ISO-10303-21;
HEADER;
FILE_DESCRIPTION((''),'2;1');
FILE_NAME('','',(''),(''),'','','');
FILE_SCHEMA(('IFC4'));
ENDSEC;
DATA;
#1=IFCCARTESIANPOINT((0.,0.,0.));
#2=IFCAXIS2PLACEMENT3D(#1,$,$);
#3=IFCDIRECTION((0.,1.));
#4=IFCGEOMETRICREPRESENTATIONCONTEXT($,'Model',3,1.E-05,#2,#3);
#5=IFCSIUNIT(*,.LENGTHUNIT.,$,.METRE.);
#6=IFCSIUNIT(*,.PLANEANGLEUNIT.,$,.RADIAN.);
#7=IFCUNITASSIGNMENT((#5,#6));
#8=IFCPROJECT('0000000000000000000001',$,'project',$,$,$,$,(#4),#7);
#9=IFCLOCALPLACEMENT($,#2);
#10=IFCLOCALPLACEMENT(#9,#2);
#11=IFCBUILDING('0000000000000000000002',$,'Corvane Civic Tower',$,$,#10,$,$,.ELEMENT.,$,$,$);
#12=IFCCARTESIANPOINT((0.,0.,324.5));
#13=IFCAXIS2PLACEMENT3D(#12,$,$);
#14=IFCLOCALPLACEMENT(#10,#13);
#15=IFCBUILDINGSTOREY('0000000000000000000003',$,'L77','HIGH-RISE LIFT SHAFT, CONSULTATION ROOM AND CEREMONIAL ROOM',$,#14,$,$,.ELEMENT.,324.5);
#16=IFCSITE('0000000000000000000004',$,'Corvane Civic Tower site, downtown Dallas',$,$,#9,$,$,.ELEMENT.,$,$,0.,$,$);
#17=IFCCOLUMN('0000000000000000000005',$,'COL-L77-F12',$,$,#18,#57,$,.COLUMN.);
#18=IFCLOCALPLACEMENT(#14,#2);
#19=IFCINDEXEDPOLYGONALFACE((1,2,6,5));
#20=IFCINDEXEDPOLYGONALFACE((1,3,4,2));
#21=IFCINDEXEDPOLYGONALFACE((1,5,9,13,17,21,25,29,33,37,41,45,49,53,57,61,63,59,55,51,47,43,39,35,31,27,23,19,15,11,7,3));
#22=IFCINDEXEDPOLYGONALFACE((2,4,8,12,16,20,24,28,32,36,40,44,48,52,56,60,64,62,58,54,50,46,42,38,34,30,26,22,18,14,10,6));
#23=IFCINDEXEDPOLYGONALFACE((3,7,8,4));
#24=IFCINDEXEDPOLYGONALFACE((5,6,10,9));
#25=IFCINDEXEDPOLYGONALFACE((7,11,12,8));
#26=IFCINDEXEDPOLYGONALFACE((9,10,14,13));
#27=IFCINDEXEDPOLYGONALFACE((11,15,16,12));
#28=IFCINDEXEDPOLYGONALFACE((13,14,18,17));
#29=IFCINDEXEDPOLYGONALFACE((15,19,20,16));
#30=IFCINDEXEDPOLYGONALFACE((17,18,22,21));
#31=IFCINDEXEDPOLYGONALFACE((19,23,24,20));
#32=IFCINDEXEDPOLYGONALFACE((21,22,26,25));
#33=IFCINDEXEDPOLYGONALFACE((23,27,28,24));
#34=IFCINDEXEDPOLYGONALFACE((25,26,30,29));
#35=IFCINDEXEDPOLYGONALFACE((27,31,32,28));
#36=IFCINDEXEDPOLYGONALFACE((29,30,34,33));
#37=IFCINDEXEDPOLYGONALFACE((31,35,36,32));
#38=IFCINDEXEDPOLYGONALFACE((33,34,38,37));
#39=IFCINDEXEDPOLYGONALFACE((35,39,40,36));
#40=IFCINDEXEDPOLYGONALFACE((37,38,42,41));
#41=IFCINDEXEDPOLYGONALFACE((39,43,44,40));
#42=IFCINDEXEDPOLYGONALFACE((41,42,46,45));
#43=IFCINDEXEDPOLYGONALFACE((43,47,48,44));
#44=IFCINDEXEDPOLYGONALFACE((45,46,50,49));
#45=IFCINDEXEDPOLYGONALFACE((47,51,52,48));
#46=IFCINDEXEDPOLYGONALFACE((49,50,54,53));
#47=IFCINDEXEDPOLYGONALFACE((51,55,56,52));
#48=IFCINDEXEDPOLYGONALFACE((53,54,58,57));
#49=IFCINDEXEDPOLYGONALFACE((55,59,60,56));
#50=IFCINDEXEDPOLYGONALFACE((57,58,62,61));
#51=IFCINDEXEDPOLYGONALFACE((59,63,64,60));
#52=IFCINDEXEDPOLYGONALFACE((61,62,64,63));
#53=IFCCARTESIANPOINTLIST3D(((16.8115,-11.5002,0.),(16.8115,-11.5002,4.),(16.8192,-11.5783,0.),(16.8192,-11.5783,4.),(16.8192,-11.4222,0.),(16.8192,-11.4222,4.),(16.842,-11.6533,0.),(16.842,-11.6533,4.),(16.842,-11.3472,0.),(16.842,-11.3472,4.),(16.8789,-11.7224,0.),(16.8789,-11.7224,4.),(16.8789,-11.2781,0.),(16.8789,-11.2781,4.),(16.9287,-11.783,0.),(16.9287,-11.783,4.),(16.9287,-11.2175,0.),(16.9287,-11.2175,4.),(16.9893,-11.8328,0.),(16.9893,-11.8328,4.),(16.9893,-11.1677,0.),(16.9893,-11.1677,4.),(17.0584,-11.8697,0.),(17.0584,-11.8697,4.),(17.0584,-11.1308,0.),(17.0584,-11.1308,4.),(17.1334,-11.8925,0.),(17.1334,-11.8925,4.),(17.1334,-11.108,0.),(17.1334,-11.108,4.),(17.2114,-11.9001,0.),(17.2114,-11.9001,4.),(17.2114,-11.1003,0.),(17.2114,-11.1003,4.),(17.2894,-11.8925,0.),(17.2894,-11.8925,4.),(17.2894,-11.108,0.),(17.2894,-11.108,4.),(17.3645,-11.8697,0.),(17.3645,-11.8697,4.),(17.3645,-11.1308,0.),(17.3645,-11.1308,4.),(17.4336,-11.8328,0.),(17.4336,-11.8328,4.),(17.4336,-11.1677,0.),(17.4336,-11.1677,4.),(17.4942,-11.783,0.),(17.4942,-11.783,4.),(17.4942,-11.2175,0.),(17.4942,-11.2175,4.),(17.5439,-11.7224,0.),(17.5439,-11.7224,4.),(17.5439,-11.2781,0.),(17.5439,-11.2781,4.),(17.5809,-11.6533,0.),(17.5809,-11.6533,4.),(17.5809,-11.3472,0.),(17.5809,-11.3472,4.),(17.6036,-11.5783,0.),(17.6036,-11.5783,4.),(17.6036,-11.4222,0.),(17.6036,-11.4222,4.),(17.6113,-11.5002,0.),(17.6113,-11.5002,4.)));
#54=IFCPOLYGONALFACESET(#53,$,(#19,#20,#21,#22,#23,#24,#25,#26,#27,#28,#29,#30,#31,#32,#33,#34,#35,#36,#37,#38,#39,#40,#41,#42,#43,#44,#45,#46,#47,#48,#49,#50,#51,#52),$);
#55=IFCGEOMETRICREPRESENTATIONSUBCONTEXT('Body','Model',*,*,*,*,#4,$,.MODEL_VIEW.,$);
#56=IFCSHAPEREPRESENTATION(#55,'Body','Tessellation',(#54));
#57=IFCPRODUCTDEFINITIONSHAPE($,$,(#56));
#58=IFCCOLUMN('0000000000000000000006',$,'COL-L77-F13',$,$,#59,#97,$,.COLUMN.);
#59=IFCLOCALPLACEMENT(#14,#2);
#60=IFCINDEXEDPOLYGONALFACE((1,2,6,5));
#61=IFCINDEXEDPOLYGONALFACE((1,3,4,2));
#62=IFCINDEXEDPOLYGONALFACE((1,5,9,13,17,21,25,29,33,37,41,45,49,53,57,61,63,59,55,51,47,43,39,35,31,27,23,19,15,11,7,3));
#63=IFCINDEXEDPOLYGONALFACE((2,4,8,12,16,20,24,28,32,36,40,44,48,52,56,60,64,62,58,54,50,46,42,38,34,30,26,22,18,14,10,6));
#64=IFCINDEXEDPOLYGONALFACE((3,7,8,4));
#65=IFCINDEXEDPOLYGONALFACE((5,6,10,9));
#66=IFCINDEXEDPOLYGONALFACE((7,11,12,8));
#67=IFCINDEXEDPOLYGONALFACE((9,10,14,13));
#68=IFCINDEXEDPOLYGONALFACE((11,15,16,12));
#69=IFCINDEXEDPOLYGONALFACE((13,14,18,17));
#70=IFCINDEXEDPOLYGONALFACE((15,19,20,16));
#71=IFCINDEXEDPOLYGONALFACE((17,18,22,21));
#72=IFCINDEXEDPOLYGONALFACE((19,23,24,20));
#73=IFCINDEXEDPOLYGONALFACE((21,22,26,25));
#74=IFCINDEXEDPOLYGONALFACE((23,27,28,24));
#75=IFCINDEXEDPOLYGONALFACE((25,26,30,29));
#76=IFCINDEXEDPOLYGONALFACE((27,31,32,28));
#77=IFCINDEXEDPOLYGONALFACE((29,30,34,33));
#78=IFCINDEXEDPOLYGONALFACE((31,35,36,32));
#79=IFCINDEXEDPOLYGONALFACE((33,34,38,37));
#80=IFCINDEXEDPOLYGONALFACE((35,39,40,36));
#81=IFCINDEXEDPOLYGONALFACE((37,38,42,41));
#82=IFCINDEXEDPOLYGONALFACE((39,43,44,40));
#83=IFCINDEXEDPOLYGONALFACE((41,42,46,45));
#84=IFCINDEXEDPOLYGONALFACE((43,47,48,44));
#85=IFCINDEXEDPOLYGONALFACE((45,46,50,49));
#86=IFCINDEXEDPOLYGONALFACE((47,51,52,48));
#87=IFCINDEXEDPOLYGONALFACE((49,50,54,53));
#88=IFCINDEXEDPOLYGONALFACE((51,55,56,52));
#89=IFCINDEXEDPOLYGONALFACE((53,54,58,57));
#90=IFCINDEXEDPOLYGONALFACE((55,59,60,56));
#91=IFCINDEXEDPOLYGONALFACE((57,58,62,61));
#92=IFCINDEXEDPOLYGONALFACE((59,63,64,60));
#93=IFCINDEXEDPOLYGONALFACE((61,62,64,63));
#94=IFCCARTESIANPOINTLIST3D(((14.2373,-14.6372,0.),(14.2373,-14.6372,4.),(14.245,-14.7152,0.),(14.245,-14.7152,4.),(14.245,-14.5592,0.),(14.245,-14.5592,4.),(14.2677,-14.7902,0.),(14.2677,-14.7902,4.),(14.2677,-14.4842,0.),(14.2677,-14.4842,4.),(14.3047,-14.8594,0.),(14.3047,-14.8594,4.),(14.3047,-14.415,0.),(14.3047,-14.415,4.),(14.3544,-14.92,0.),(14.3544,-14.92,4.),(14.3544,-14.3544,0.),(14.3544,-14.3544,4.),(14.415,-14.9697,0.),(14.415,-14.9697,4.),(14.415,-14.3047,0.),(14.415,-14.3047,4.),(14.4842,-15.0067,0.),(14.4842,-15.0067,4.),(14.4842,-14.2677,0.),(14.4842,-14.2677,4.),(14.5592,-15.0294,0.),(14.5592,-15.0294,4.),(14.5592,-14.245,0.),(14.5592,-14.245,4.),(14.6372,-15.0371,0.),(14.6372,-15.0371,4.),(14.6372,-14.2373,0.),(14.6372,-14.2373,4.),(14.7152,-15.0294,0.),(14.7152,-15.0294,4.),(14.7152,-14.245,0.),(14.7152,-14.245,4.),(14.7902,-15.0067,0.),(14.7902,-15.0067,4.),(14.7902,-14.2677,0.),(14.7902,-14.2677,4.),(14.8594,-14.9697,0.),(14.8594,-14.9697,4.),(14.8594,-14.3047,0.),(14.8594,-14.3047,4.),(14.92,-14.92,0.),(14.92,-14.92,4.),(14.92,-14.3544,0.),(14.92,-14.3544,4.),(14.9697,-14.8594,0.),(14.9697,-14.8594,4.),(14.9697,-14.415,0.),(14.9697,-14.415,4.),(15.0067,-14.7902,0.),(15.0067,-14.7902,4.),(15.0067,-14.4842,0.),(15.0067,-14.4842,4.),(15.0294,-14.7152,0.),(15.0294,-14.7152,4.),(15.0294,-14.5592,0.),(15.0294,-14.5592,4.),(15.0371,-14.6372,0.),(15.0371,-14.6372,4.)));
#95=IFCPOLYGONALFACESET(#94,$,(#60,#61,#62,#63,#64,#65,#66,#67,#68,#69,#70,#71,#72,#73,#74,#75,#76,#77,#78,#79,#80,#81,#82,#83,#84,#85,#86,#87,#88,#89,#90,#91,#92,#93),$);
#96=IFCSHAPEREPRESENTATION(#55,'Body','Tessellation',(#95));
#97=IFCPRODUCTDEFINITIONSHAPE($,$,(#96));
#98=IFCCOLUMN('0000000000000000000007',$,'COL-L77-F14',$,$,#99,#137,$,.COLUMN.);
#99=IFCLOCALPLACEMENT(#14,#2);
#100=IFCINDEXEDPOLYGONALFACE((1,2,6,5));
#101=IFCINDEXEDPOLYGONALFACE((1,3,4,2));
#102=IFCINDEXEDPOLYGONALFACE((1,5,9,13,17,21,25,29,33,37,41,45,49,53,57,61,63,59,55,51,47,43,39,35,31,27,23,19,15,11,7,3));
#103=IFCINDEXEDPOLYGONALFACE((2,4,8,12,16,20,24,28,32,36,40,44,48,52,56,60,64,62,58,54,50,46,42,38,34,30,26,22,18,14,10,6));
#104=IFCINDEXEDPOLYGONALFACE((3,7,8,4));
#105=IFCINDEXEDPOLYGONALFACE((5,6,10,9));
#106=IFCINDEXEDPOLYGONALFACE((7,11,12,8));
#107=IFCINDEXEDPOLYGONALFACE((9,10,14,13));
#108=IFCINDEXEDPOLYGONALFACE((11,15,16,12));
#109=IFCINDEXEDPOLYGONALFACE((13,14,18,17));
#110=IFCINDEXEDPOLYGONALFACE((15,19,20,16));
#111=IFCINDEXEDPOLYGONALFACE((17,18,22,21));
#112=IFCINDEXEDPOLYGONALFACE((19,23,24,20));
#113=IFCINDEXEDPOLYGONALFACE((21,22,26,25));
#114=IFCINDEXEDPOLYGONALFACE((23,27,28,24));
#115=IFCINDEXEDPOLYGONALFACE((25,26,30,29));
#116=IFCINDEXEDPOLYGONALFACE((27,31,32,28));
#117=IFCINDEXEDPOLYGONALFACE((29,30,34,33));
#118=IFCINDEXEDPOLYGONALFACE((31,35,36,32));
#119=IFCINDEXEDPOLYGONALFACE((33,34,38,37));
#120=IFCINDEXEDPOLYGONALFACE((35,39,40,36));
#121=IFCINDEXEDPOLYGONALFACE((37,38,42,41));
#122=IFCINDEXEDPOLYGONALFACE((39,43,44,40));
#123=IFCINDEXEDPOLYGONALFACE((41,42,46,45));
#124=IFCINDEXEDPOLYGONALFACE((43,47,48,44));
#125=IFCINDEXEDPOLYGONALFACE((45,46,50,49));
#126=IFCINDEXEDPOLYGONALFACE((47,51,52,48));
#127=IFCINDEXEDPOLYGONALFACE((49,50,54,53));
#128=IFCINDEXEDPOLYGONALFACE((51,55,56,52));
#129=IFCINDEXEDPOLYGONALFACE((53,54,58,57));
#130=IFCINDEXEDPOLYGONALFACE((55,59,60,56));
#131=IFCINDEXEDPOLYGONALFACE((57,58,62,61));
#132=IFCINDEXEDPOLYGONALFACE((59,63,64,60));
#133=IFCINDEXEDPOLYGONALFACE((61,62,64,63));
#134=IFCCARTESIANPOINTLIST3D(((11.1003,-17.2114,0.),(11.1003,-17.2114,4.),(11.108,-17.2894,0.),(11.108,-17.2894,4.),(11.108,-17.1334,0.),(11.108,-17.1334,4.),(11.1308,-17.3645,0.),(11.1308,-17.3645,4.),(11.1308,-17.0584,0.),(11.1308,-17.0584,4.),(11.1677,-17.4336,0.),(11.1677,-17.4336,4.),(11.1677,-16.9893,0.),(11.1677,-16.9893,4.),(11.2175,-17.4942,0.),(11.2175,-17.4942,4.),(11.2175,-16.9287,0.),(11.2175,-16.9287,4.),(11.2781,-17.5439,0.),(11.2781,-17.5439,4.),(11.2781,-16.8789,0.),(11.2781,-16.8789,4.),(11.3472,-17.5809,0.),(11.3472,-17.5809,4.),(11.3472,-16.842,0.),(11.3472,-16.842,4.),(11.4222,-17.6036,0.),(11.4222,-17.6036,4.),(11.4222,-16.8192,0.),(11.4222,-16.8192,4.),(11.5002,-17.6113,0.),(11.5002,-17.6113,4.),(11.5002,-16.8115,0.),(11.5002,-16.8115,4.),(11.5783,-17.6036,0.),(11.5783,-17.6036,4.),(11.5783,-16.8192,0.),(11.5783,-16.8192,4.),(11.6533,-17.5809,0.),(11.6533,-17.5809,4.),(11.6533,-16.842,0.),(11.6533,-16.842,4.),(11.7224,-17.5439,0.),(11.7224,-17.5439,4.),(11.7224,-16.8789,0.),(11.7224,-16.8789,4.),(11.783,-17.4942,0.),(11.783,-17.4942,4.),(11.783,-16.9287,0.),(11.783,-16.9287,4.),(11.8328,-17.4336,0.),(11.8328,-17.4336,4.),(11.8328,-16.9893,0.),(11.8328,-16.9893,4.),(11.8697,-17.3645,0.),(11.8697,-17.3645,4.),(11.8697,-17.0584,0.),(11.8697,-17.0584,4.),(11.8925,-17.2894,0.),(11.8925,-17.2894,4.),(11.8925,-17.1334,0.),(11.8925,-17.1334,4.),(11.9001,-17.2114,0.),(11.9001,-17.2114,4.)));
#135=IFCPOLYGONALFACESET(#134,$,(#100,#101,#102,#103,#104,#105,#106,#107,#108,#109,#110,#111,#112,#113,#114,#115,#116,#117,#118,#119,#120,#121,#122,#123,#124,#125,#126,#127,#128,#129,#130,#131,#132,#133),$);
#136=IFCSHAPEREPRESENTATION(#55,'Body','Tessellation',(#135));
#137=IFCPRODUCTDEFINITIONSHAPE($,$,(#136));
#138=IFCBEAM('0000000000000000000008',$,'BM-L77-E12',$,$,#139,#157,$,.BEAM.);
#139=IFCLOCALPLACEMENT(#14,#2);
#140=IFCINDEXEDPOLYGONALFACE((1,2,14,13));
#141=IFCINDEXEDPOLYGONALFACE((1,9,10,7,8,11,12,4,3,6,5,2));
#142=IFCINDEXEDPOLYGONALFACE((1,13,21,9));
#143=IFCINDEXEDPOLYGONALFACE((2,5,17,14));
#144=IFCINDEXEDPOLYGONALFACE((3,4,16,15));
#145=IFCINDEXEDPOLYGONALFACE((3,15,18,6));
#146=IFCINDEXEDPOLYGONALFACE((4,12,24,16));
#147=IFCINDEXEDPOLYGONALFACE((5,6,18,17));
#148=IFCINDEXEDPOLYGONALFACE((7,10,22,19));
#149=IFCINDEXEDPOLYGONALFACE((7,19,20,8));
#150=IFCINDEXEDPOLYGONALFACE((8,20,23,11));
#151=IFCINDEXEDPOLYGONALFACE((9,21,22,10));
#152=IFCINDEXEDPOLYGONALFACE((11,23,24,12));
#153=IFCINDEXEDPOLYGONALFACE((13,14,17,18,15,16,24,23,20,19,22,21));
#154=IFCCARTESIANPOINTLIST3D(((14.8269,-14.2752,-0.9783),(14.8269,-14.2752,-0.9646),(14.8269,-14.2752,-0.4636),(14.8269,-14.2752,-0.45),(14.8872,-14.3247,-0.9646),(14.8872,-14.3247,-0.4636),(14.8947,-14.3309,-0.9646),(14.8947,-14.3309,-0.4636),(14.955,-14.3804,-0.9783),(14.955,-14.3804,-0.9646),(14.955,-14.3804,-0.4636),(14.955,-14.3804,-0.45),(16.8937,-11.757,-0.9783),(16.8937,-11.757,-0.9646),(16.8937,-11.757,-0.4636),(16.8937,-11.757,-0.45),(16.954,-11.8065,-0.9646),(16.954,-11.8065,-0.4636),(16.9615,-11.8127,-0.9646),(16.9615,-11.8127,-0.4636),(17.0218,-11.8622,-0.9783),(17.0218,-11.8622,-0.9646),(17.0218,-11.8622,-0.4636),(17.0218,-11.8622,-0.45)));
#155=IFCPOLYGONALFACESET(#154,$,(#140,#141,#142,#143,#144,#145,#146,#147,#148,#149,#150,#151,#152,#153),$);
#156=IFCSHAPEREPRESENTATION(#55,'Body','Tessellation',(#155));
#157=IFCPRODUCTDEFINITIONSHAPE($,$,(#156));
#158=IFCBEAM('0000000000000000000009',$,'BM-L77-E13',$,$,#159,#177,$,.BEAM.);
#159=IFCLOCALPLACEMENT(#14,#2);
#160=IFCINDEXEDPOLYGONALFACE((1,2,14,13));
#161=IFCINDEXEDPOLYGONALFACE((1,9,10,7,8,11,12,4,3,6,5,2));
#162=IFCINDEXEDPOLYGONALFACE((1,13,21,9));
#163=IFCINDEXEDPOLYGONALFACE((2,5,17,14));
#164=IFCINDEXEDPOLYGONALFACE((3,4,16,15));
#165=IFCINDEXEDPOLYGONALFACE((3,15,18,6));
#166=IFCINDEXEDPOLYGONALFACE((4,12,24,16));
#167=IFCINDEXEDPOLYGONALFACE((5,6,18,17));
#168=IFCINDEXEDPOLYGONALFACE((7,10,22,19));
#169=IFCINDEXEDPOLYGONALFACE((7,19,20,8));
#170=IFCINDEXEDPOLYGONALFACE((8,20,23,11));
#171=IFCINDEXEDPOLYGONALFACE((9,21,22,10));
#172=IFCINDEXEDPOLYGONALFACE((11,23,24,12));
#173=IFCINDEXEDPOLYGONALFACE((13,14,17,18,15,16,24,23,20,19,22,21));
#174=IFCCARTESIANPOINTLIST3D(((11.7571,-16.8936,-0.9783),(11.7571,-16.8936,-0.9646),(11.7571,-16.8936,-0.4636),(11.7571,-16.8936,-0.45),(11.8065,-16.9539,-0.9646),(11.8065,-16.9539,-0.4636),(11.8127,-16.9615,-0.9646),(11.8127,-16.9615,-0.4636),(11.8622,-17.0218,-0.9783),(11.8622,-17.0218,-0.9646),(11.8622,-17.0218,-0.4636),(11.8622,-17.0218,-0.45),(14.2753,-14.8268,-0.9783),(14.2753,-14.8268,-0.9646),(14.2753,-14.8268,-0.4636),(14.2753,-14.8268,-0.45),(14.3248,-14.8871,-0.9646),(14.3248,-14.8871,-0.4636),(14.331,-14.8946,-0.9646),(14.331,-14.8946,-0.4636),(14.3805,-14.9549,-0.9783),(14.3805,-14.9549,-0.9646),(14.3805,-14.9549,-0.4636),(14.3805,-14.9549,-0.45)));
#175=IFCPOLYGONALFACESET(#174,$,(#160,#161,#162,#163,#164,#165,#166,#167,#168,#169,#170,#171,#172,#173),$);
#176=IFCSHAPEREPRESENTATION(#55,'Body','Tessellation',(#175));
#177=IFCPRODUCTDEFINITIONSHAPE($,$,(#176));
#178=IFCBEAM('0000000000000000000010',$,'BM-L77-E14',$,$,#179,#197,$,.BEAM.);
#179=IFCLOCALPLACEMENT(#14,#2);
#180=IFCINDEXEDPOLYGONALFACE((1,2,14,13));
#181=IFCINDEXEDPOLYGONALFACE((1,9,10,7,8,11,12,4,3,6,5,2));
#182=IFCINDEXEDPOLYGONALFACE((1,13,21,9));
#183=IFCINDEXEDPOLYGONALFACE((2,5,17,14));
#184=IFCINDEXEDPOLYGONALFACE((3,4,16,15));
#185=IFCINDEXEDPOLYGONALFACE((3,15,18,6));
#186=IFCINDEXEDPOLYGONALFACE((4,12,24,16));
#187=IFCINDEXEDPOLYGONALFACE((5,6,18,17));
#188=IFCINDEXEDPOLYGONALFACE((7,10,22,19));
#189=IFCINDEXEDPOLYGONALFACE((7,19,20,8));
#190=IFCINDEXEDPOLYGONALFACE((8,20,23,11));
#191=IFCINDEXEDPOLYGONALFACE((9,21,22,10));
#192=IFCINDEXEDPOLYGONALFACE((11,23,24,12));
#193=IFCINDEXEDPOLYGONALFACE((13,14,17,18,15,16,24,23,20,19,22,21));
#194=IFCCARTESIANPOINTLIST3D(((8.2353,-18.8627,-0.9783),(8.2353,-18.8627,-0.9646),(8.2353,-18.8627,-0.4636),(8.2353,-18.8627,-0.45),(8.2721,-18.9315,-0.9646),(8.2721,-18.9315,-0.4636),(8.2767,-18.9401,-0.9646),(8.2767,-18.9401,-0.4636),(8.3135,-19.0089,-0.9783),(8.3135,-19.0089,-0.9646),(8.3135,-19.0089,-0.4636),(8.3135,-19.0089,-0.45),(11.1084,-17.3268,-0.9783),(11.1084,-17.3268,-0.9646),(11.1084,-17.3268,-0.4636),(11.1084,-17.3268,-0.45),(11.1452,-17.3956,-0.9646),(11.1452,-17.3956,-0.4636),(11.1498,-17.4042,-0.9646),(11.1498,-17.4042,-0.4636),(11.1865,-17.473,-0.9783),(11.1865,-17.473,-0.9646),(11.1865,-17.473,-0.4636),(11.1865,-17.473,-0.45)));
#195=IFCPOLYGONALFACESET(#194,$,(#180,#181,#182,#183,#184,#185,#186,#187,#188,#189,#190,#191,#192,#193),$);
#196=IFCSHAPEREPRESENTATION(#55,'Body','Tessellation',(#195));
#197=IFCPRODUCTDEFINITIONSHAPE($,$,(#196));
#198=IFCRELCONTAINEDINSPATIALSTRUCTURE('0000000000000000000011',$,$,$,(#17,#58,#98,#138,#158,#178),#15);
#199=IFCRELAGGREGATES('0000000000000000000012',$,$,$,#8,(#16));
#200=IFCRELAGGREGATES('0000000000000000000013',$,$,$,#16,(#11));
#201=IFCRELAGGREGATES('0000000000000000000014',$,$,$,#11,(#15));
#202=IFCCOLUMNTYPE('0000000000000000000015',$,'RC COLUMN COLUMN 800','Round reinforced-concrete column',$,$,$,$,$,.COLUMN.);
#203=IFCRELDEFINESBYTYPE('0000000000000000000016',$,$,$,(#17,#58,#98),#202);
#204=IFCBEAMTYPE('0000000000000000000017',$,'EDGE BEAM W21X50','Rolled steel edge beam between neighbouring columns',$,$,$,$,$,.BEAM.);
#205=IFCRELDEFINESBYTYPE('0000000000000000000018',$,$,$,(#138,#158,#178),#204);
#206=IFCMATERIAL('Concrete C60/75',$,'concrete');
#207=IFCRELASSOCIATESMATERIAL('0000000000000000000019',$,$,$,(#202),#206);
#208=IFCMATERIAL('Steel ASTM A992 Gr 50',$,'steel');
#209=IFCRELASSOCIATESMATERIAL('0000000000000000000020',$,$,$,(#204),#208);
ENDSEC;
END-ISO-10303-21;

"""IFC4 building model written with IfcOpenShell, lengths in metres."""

from ifc_helpers import new_model, si_unit, direction, frame, origin, origin_2d, place, context, subcontext, project, spatial, circle, i_section, extrude, material, material_profile, profile_set, type_object, element, save


model = new_model("IFC4")

# Units and contexts
model_context = context("Model", 3, precision=1e-05, world=origin(), true_north=direction((0.0, 1.0)))
body_context = subcontext(model_context, "Body", "Model", "MODEL_VIEW")
ifc_project = project(units=[si_unit("LENGTHUNIT", "METRE"), si_unit("PLANEANGLEUNIT", "RADIAN")], contexts=[model_context])

# Site, building, storey
site_placement = place(None, origin())
site = spatial("IfcSite", under=ifc_project, at=site_placement, Name="Corvane Civic Tower site, downtown Dallas", CompositionType="ELEMENT", RefElevation=0.0)
building_placement = place(site_placement, origin())
building = spatial("IfcBuilding", under=site, at=building_placement, Name="Corvane Civic Tower", CompositionType="ELEMENT")
storey_placement = place(building_placement, frame((0.0, 0.0, 324.5)))
storey = spatial("IfcBuildingStorey", under=building, at=storey_placement, Name="L77", Description="HIGH-RISE LIFT SHAFT, CONSULTATION ROOM AND CEREMONIAL ROOM", CompositionType="ELEMENT", Elevation=324.5)

# Columns
ifc_material_1 = material(Name="Concrete C60/75", Category="concrete")
ifc_material_profile_1 = material_profile(ifc_material_1, circle(Radius=0.3999, at=origin_2d()), Name="COLUMN 800")
ifc_profile_set_1 = profile_set([ifc_material_profile_1], Name="Concrete C60/75")
column_type = type_object("IfcColumnType", Name="RC COLUMN COLUMN 800", Description="Round reinforced-concrete column", PredefinedType="COLUMN", material=ifc_profile_set_1)
for number, where, z_axis, x_axis, name in (
    (1, (17.2114, -11.5002, 0.0), (0.0, 0.0, 1.0), (1.0, 0.0, 0.0), "COL-L77-F12"),
    (2, (14.6372, -14.6372, 0.0), (0.0, 0.0, 1.0), (1.0, 0.0, 0.0), "COL-L77-F13"),
    (3, (11.5002, -17.2114, 0.0), (0.0, 0.0, 1.0), (1.0, 0.0, 0.0), "COL-L77-F14"),
):
    element("IfcColumn", number, at=place(storey_placement, frame(where, z_axis=z_axis, x_axis=x_axis)), inside=storey, type_object=column_type, Name=name, PredefinedType="COLUMN", context=body_context, shape_type="SweptSolid", body=[
        extrude(circle(Radius=0.3999, at=origin_2d()), origin(), (0.0, 0.0, 1.0), 4.0),
    ])

# Beams
ifc_material_2 = material(Name="Steel ASTM A992 Gr 50", Category="steel")
ifc_material_profile_2 = material_profile(ifc_material_2, i_section(OverallWidth=0.1658, OverallDepth=0.5283, WebThickness=0.0098, FlangeThickness=0.0137, at=origin_2d()), Name="W21X50")
ifc_profile_set_2 = profile_set([ifc_material_profile_2], Name="Steel ASTM A992 Gr 50")
beam_type_1 = type_object("IfcBeamType", Name="EDGE BEAM W21X50", Description="Rolled steel edge beam between neighbouring columns", PredefinedType="BEAM", material=ifc_profile_set_2)
for number, where, z_axis, x_axis, name in (
    (4, (16.9578, -11.8096, -0.7141), (-0.634425, -0.772985, 0.0), (0.772985, -0.634425, 0.0), "BM-L77-E12"),
    (5, (14.3279, -14.8909, -0.7141), (-0.772985, -0.634425, 0.0), (0.634425, -0.772985, 0.0), "BM-L77-E13"),
    (6, (11.1475, -17.3999, -0.7141), (-0.881894, -0.471448, 0.0), (0.471448, -0.881894, 0.0), "BM-L77-E14"),
):
    element("IfcBeam", number, at=place(storey_placement, frame(where, z_axis=z_axis, x_axis=x_axis)), inside=storey, type_object=beam_type_1, Name=name, PredefinedType="BEAM", context=body_context, shape_type="SweptSolid", body=[
        extrude(i_section(OverallWidth=0.1658, OverallDepth=0.5283, WebThickness=0.0098, FlangeThickness=0.0137, at=origin_2d()), origin(), (0.0, 0.0, 1.0), 3.2578),
    ])

save(model, "model.ifc")
